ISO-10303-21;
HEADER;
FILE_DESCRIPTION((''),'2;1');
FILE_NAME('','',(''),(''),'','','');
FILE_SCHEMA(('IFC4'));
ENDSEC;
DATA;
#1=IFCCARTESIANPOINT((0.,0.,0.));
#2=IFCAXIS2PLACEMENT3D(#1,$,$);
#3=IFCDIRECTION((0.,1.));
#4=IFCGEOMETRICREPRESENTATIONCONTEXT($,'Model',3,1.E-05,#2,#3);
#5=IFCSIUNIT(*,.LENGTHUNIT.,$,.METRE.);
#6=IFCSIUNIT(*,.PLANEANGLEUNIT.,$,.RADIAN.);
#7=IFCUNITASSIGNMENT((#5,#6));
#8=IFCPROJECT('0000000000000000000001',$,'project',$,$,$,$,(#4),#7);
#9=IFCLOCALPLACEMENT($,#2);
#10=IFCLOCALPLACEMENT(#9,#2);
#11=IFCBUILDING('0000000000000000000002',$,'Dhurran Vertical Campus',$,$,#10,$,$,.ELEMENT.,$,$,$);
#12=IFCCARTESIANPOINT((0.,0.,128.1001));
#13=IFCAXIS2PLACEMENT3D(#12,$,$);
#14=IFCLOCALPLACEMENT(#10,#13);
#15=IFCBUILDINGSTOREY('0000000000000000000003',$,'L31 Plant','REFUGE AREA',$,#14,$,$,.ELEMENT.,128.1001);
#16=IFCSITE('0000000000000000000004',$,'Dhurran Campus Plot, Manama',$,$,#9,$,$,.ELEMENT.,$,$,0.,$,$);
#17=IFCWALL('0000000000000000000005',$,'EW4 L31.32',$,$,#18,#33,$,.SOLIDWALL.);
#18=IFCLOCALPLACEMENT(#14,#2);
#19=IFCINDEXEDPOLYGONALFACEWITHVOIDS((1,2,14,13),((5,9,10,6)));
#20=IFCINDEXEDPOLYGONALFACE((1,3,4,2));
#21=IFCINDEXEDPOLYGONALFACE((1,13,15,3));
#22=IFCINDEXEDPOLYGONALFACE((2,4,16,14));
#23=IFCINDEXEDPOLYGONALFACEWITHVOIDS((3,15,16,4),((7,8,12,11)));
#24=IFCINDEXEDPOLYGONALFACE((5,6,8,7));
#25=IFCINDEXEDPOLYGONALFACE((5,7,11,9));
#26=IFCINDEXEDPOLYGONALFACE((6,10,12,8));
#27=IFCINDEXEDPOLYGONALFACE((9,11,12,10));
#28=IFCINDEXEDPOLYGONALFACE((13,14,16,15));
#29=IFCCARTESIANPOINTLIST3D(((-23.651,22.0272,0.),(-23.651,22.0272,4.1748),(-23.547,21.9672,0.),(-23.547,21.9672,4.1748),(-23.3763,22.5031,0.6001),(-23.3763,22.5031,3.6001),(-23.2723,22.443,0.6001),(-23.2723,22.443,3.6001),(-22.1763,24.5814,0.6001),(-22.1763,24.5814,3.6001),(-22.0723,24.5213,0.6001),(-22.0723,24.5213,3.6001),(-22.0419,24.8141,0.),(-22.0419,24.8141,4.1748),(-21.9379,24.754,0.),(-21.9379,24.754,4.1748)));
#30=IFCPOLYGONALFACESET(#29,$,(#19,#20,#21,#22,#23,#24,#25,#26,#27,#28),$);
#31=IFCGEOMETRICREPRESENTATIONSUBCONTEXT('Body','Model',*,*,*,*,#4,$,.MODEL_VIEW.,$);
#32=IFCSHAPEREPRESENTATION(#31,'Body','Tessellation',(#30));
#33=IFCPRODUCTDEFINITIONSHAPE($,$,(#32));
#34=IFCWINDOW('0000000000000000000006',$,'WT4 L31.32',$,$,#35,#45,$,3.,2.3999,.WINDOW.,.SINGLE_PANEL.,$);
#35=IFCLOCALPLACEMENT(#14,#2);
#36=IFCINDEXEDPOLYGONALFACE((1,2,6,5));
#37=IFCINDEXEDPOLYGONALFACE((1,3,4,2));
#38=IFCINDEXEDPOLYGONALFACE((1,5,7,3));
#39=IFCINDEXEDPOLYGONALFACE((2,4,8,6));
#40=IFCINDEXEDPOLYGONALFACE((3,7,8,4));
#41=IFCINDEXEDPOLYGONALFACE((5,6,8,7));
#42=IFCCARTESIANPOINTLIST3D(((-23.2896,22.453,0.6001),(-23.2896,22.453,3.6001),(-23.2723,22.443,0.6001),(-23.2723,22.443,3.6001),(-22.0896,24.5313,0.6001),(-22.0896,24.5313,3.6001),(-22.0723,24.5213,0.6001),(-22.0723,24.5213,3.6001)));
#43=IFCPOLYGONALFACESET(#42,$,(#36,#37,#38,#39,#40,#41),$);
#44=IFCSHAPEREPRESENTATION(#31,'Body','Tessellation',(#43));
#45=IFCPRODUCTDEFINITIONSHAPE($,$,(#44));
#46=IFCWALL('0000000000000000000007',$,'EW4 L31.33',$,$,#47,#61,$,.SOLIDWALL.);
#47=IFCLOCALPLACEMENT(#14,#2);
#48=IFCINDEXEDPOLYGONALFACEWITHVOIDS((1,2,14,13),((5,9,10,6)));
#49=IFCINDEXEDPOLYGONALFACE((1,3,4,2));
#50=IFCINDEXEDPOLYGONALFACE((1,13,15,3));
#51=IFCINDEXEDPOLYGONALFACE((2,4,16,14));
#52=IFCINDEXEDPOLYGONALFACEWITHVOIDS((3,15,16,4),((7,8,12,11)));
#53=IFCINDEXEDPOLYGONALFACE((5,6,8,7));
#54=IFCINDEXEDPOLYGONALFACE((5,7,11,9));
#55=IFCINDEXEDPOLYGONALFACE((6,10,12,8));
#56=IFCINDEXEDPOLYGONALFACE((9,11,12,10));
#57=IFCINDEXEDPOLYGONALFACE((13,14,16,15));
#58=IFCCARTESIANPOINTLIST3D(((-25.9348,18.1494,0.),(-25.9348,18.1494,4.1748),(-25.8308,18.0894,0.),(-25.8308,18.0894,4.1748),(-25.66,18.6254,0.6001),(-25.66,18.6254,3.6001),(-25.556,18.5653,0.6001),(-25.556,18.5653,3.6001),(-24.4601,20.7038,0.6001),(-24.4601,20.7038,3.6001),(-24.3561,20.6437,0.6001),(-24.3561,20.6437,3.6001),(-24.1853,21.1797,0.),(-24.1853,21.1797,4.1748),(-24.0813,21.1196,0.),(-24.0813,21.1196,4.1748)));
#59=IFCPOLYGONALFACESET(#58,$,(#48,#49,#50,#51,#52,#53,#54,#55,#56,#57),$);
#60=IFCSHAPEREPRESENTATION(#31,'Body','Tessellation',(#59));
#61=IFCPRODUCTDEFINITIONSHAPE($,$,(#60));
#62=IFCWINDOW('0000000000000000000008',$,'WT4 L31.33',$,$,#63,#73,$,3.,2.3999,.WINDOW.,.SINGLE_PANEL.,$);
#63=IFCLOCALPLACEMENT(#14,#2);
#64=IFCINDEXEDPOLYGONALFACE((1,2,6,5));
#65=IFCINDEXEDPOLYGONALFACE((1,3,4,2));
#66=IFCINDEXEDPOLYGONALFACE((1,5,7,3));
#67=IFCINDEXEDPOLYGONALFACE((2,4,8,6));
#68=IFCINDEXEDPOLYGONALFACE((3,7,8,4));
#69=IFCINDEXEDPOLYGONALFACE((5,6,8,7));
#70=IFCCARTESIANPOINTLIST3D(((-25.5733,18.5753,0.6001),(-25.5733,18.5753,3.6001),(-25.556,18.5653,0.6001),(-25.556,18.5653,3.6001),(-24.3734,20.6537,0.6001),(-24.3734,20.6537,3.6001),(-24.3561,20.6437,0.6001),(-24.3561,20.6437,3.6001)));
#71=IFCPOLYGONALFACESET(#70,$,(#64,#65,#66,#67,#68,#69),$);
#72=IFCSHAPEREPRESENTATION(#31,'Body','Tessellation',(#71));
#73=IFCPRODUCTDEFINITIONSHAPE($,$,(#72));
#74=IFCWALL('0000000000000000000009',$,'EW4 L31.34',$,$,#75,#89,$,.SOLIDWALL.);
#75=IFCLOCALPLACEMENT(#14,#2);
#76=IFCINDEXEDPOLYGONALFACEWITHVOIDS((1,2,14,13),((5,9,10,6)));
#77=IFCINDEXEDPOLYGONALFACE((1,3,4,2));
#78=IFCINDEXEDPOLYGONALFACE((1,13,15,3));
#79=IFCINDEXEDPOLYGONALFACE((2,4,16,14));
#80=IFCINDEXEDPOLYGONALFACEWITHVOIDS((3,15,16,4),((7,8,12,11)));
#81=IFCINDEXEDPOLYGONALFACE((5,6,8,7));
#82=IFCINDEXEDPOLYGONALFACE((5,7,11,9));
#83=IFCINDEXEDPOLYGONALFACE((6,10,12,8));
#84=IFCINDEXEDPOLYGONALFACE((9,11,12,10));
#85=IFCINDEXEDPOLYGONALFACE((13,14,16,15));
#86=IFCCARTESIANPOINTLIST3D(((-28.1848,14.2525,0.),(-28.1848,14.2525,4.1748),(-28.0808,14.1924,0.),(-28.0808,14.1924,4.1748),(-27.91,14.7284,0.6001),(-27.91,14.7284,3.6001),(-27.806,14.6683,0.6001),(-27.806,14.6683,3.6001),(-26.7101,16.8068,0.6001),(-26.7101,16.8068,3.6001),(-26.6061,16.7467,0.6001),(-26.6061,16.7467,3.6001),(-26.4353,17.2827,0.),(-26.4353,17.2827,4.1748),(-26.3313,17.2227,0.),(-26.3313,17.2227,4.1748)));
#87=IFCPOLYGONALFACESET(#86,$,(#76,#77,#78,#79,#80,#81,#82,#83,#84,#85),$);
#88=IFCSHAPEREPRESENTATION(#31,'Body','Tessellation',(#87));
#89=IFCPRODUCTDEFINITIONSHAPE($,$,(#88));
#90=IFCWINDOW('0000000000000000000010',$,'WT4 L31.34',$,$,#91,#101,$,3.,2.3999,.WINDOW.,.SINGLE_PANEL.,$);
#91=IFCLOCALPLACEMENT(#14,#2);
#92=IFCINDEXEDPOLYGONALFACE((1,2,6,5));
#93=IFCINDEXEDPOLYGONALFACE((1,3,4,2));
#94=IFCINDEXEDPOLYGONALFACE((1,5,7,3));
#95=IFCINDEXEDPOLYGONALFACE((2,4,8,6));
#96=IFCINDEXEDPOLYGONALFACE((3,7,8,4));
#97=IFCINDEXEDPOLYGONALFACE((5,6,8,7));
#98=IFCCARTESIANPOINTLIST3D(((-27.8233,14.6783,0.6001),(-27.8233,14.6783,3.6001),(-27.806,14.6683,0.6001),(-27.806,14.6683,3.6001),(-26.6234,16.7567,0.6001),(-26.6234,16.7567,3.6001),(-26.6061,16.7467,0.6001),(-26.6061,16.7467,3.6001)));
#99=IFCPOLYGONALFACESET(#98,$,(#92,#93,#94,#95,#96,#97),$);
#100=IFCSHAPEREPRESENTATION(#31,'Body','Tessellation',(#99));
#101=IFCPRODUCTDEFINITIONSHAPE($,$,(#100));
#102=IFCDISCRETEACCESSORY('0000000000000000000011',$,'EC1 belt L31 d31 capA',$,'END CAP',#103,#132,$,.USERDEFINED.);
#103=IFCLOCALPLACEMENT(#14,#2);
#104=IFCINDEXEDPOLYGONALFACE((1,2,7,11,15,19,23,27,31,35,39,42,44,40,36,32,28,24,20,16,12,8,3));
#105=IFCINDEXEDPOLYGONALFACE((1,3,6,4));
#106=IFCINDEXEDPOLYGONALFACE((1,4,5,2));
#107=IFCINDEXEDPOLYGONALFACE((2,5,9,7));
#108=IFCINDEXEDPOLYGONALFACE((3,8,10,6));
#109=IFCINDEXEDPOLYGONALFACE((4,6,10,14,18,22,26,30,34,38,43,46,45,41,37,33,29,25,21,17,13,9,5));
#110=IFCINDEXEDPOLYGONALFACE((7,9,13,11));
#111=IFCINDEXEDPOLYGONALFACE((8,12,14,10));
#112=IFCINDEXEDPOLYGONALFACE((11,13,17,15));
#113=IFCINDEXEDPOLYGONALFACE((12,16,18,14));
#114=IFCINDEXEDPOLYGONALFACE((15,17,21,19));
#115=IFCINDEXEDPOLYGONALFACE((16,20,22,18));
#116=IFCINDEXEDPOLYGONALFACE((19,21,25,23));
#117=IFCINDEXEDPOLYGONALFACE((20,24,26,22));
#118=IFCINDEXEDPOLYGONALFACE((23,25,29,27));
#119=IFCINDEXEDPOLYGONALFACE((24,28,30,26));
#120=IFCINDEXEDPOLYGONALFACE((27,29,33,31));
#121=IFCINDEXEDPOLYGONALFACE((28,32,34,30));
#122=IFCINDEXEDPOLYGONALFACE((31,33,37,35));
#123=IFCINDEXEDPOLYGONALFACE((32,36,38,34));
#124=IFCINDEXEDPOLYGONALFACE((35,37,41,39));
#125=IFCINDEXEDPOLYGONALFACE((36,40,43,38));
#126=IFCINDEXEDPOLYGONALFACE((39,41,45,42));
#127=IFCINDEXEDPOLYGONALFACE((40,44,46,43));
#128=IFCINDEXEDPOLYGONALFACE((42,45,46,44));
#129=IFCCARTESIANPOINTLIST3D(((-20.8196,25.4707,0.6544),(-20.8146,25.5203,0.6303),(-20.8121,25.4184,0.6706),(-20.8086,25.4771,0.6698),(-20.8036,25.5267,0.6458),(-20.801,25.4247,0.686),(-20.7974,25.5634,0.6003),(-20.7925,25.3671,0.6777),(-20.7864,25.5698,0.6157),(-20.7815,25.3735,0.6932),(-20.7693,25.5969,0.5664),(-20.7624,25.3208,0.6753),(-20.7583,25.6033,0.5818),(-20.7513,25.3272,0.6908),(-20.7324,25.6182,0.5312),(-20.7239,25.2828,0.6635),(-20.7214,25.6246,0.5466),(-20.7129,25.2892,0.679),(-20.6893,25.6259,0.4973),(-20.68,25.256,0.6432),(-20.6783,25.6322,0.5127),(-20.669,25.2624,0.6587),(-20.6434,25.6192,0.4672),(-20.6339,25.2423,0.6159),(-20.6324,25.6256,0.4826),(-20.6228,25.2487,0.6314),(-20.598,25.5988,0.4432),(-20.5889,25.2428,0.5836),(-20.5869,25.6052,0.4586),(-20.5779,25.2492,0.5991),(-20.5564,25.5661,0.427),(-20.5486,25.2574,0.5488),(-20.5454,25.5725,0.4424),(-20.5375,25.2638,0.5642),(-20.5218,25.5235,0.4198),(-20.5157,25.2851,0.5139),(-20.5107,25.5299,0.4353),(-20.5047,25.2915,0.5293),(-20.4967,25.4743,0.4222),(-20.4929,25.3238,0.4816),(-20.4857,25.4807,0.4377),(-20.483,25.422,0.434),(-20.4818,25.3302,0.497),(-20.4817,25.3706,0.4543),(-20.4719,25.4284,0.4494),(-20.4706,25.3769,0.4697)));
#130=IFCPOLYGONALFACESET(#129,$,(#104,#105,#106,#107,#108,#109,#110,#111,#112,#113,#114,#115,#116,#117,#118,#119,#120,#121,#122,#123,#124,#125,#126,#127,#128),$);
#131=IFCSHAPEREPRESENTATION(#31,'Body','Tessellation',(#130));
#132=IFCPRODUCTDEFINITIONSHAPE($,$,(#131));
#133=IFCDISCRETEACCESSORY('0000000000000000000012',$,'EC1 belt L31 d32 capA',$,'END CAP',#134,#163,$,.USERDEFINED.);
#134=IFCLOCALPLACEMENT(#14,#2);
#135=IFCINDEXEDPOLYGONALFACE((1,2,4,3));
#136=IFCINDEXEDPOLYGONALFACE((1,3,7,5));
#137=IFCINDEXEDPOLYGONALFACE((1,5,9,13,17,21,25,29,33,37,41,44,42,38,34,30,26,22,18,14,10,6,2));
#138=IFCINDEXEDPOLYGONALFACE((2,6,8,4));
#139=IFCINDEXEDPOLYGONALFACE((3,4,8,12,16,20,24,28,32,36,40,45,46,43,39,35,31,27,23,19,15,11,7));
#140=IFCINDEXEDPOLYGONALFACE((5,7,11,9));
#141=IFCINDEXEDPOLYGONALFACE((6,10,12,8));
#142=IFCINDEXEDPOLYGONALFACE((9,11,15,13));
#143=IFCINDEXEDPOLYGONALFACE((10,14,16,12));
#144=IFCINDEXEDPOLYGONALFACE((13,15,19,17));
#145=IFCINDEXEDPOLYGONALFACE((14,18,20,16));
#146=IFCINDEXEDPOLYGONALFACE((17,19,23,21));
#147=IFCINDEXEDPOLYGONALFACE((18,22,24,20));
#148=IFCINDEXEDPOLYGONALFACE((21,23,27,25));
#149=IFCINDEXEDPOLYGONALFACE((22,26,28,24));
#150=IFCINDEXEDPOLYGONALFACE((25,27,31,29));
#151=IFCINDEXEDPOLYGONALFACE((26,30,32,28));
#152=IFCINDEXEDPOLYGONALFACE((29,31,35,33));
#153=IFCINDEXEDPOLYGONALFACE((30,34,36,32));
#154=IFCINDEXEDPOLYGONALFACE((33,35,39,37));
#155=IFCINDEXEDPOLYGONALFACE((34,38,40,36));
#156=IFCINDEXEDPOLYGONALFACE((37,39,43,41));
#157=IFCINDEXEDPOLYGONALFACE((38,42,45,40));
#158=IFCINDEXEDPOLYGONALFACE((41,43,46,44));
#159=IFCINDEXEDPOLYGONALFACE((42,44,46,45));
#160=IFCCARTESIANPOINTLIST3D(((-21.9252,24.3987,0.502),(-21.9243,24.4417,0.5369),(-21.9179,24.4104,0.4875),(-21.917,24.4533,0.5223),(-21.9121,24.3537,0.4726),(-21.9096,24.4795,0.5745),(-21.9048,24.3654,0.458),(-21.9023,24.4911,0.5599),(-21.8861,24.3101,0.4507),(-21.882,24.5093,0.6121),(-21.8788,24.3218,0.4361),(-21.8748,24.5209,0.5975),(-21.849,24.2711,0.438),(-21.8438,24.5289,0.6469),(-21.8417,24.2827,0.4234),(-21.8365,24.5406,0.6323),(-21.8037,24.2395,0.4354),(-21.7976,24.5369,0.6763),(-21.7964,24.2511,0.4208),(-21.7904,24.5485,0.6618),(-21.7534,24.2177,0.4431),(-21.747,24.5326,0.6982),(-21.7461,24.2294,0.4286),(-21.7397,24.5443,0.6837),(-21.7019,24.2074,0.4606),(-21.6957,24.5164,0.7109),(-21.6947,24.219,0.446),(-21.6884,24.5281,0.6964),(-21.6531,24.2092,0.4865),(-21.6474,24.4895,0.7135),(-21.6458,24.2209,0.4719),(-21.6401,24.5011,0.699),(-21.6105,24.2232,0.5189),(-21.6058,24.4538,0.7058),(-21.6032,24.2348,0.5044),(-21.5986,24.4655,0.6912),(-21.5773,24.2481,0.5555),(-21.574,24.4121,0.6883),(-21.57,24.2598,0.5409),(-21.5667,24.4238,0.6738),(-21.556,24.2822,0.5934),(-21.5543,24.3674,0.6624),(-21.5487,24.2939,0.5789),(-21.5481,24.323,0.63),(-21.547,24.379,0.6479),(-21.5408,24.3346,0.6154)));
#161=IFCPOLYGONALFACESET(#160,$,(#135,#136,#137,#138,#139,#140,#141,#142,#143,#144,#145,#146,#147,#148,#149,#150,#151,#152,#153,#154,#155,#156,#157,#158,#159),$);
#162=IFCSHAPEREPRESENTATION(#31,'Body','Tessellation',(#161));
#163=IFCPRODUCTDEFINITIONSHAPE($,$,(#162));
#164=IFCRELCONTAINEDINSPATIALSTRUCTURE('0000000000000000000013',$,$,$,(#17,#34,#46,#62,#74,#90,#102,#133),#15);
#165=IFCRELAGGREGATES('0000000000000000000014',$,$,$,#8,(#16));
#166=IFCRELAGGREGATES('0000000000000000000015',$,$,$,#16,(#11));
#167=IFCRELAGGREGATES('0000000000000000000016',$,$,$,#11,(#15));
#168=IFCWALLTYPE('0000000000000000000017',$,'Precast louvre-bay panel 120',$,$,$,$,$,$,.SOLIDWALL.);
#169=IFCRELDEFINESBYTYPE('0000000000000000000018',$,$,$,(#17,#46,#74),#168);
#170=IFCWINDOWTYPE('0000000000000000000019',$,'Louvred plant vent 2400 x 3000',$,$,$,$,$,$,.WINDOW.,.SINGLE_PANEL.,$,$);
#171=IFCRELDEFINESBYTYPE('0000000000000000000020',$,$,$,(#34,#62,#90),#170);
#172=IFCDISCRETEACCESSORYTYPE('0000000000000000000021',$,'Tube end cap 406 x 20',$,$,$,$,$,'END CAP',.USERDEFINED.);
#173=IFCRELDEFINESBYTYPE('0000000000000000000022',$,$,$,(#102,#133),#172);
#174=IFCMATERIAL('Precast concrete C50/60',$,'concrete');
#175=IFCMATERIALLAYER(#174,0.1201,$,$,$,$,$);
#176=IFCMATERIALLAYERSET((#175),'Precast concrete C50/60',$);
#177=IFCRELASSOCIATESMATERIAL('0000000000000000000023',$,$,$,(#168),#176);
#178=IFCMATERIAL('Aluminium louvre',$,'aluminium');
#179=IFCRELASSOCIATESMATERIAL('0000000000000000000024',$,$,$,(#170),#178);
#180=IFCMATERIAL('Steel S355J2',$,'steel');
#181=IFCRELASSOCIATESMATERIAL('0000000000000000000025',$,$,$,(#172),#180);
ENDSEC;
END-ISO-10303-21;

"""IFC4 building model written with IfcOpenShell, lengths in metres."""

from ifc_helpers import new_model, si_unit, direction, frame, frame_2d, origin, origin_2d, place, context, subcontext, project, spatial, rectangle, circle, extrude, material, layer, layer_set, material_profile, profile_set, type_object, element, fill, save


model = new_model("IFC4")

# Units and contexts
model_context = context("Model", 3, precision=1e-05, world=origin(), true_north=direction((0.0, 1.0)))
body_context = subcontext(model_context, "Body", "Model", "MODEL_VIEW")
ifc_project = project(units=[si_unit("LENGTHUNIT", "METRE"), si_unit("PLANEANGLEUNIT", "RADIAN")], contexts=[model_context])

# Site, building, storey
site_placement = place(None, origin())
site = spatial("IfcSite", under=ifc_project, at=site_placement, Name="Dhurran Campus Plot, Manama", CompositionType="ELEMENT", RefElevation=0.0)
building_placement = place(site_placement, origin())
building = spatial("IfcBuilding", under=site, at=building_placement, Name="Dhurran Vertical Campus", CompositionType="ELEMENT")
storey_placement = place(building_placement, frame((0.0, 0.0, 128.1001)))
storey = spatial("IfcBuildingStorey", under=building, at=storey_placement, Name="L31 Plant", Description="REFUGE AREA", CompositionType="ELEMENT", Elevation=128.1001)

# Walls, openings, windows
ifc_material_1 = material(Name="Precast concrete C50/60", Category="concrete")
ifc_layer = layer(ifc_material_1, 0.1201)
ifc_layer_set = layer_set([ifc_layer], Name="Precast concrete C50/60")
wall_type = type_object("IfcWallType", Name="Precast louvre-bay panel 120", PredefinedType="SOLIDWALL", material=ifc_layer_set)
wall_1_placement = place(storey_placement, frame((-21.99, 24.7839, 0.0), z_axis=(0.0, 0.0, 1.0), x_axis=(-0.500031, -0.866007, 0.0)))
wall_1 = element("IfcWall", 1, at=wall_1_placement, inside=storey, type_object=wall_type, Name="EW4 L31.32", PredefinedType="SOLIDWALL", context=body_context, shape_type="SweptSolid", body=[
    extrude(rectangle(XDim=3.218, YDim=0.1201, at=frame_2d((1.6089, 0.0))), origin(), (0.0, 0.0, 1.0), 4.1748),
])
opening_1_placement = place(wall_1_placement, frame((0.2686, 0.0, 0.6001)))
opening_1 = element("IfcOpeningElement", 2, at=opening_1_placement, cuts=wall_1, PredefinedType="OPENING", context=body_context, shape_type="SweptSolid", body=[
    extrude(rectangle(XDim=2.3999, YDim=3.0, at=frame_2d((1.2, 1.5))), frame((0.0, 0.0701, 0.0), z_axis=(0.0, -1.0, 0.0), x_axis=(1.0, 0.0, 0.0)), (0.0, 0.0, 1.0), 0.1401),
])
ifc_material_2 = material(Name="Aluminium louvre", Category="aluminium")
window_type = type_object("IfcWindowType", Name="Louvred plant vent 2400 x 3000", PartitioningType="SINGLE_PANEL", PredefinedType="WINDOW", material=ifc_material_2)
window_1_placement = place(opening_1_placement, origin())
window_1 = element("IfcWindow", 3, at=window_1_placement, inside=storey, type_object=window_type, Name="WT4 L31.32", OverallHeight=3.0, OverallWidth=2.3999, PartitioningType="SINGLE_PANEL", PredefinedType="WINDOW", context=body_context, shape_type="SweptSolid", body=[
    extrude(rectangle(XDim=2.3999, YDim=3.0, at=frame_2d((1.2, 1.5))), frame((0.0, 0.0601, 0.0), z_axis=(0.0, -1.0, 0.0), x_axis=(1.0, 0.0, 0.0)), (0.0, 0.0, 1.0), 0.02),
])
fill(opening_1, window_1)
wall_2_placement = place(storey_placement, frame((-24.1333, 21.1497, 0.0), z_axis=(0.0, 0.0, 1.0), x_axis=(-0.499996, -0.866028, 0.0)))
wall_2 = element("IfcWall", 4, at=wall_2_placement, inside=storey, type_object=wall_type, Name="EW4 L31.33", PredefinedType="SOLIDWALL", context=body_context, shape_type="SweptSolid", body=[
    extrude(rectangle(XDim=3.499, YDim=0.1201, at=frame_2d((1.7495, 0.0))), origin(), (0.0, 0.0, 1.0), 4.1748),
])
opening_2_placement = place(wall_2_placement, frame((0.5496, 0.0, 0.6001)))
opening_2 = element("IfcOpeningElement", 5, at=opening_2_placement, cuts=wall_2, PredefinedType="OPENING", context=body_context, shape_type="SweptSolid", body=[
    extrude(rectangle(XDim=2.3999, YDim=3.0, at=frame_2d((1.2, 1.5))), frame((0.0, 0.0701, 0.0), z_axis=(0.0, -1.0, 0.0), x_axis=(1.0, 0.0, 0.0)), (0.0, 0.0, 1.0), 0.1401),
])
window_2_placement = place(opening_2_placement, origin())
window_2 = element("IfcWindow", 6, at=window_2_placement, inside=storey, type_object=window_type, Name="WT4 L31.33", OverallHeight=3.0, OverallWidth=2.3999, PartitioningType="SINGLE_PANEL", PredefinedType="WINDOW", context=body_context, shape_type="SweptSolid", body=[
    extrude(rectangle(XDim=2.3999, YDim=3.0, at=frame_2d((1.2, 1.5))), frame((0.0, 0.0601, 0.0), z_axis=(0.0, -1.0, 0.0), x_axis=(1.0, 0.0, 0.0)), (0.0, 0.0, 1.0), 0.02),
])
fill(opening_2, window_2)
wall_3_placement = place(storey_placement, frame((-26.3833, 17.2527, 0.0), z_axis=(0.0, 0.0, 1.0), x_axis=(-0.499996, -0.866028, 0.0)))
wall_3 = element("IfcWall", 7, at=wall_3_placement, inside=storey, type_object=wall_type, Name="EW4 L31.34", PredefinedType="SOLIDWALL", context=body_context, shape_type="SweptSolid", body=[
    extrude(rectangle(XDim=3.499, YDim=0.1201, at=frame_2d((1.7495, 0.0))), origin(), (0.0, 0.0, 1.0), 4.1748),
])
opening_3_placement = place(wall_3_placement, frame((0.5496, 0.0, 0.6001)))
opening_3 = element("IfcOpeningElement", 8, at=opening_3_placement, cuts=wall_3, PredefinedType="OPENING", context=body_context, shape_type="SweptSolid", body=[
    extrude(rectangle(XDim=2.3999, YDim=3.0, at=frame_2d((1.2, 1.5))), frame((0.0, 0.0701, 0.0), z_axis=(0.0, -1.0, 0.0), x_axis=(1.0, 0.0, 0.0)), (0.0, 0.0, 1.0), 0.1401),
])
window_3_placement = place(opening_3_placement, origin())
window_3 = element("IfcWindow", 9, at=window_3_placement, inside=storey, type_object=window_type, Name="WT4 L31.34", OverallHeight=3.0, OverallWidth=2.3999, PartitioningType="SINGLE_PANEL", PredefinedType="WINDOW", context=body_context, shape_type="SweptSolid", body=[
    extrude(rectangle(XDim=2.3999, YDim=3.0, at=frame_2d((1.2, 1.5))), frame((0.0, 0.0601, 0.0), z_axis=(0.0, -1.0, 0.0), x_axis=(1.0, 0.0, 0.0)), (0.0, 0.0, 1.0), 0.02),
])
fill(opening_3, window_3)

# Discrete accessories
ifc_material_3 = material(Name="Steel S355J2", Category="steel")
ifc_material_profile_1 = material_profile(ifc_material_3, circle(Radius=0.2031, at=origin_2d()), Name="Tube end cap 406 x 20")
ifc_profile_set_1 = profile_set([ifc_material_profile_1], Name="Steel S355J2")
discrete_accessory_type = type_object("IfcDiscreteAccessoryType", Name="Tube end cap 406 x 20", ElementType="END CAP", PredefinedType="USERDEFINED", material=ifc_profile_set_1)
for number, where, z_axis, x_axis, name in (
    (10, (-20.6392, 25.4397, 0.5642), (-0.550997, -0.318354, -0.771396), (0.500278, -0.865865, 0.0), "EC1 belt L31 d31 capA"),
    (11, (-21.7373, 24.3718, 0.5745), (0.363696, 0.581914, -0.727393), (-0.847998, 0.529999, 0.0), "EC1 belt L31 d32 capA"),
):
    element("IfcDiscreteAccessory", number, at=place(storey_placement, frame(where, z_axis=z_axis, x_axis=x_axis)), inside=storey, type_object=discrete_accessory_type, Name=name, ObjectType="END CAP", PredefinedType="USERDEFINED", context=body_context, shape_type="SweptSolid", body=[
        extrude(circle(Radius=0.2031, at=origin_2d()), origin(), (0.0, 0.0, 1.0), 0.02),
    ])

save(model, "model.ifc")
